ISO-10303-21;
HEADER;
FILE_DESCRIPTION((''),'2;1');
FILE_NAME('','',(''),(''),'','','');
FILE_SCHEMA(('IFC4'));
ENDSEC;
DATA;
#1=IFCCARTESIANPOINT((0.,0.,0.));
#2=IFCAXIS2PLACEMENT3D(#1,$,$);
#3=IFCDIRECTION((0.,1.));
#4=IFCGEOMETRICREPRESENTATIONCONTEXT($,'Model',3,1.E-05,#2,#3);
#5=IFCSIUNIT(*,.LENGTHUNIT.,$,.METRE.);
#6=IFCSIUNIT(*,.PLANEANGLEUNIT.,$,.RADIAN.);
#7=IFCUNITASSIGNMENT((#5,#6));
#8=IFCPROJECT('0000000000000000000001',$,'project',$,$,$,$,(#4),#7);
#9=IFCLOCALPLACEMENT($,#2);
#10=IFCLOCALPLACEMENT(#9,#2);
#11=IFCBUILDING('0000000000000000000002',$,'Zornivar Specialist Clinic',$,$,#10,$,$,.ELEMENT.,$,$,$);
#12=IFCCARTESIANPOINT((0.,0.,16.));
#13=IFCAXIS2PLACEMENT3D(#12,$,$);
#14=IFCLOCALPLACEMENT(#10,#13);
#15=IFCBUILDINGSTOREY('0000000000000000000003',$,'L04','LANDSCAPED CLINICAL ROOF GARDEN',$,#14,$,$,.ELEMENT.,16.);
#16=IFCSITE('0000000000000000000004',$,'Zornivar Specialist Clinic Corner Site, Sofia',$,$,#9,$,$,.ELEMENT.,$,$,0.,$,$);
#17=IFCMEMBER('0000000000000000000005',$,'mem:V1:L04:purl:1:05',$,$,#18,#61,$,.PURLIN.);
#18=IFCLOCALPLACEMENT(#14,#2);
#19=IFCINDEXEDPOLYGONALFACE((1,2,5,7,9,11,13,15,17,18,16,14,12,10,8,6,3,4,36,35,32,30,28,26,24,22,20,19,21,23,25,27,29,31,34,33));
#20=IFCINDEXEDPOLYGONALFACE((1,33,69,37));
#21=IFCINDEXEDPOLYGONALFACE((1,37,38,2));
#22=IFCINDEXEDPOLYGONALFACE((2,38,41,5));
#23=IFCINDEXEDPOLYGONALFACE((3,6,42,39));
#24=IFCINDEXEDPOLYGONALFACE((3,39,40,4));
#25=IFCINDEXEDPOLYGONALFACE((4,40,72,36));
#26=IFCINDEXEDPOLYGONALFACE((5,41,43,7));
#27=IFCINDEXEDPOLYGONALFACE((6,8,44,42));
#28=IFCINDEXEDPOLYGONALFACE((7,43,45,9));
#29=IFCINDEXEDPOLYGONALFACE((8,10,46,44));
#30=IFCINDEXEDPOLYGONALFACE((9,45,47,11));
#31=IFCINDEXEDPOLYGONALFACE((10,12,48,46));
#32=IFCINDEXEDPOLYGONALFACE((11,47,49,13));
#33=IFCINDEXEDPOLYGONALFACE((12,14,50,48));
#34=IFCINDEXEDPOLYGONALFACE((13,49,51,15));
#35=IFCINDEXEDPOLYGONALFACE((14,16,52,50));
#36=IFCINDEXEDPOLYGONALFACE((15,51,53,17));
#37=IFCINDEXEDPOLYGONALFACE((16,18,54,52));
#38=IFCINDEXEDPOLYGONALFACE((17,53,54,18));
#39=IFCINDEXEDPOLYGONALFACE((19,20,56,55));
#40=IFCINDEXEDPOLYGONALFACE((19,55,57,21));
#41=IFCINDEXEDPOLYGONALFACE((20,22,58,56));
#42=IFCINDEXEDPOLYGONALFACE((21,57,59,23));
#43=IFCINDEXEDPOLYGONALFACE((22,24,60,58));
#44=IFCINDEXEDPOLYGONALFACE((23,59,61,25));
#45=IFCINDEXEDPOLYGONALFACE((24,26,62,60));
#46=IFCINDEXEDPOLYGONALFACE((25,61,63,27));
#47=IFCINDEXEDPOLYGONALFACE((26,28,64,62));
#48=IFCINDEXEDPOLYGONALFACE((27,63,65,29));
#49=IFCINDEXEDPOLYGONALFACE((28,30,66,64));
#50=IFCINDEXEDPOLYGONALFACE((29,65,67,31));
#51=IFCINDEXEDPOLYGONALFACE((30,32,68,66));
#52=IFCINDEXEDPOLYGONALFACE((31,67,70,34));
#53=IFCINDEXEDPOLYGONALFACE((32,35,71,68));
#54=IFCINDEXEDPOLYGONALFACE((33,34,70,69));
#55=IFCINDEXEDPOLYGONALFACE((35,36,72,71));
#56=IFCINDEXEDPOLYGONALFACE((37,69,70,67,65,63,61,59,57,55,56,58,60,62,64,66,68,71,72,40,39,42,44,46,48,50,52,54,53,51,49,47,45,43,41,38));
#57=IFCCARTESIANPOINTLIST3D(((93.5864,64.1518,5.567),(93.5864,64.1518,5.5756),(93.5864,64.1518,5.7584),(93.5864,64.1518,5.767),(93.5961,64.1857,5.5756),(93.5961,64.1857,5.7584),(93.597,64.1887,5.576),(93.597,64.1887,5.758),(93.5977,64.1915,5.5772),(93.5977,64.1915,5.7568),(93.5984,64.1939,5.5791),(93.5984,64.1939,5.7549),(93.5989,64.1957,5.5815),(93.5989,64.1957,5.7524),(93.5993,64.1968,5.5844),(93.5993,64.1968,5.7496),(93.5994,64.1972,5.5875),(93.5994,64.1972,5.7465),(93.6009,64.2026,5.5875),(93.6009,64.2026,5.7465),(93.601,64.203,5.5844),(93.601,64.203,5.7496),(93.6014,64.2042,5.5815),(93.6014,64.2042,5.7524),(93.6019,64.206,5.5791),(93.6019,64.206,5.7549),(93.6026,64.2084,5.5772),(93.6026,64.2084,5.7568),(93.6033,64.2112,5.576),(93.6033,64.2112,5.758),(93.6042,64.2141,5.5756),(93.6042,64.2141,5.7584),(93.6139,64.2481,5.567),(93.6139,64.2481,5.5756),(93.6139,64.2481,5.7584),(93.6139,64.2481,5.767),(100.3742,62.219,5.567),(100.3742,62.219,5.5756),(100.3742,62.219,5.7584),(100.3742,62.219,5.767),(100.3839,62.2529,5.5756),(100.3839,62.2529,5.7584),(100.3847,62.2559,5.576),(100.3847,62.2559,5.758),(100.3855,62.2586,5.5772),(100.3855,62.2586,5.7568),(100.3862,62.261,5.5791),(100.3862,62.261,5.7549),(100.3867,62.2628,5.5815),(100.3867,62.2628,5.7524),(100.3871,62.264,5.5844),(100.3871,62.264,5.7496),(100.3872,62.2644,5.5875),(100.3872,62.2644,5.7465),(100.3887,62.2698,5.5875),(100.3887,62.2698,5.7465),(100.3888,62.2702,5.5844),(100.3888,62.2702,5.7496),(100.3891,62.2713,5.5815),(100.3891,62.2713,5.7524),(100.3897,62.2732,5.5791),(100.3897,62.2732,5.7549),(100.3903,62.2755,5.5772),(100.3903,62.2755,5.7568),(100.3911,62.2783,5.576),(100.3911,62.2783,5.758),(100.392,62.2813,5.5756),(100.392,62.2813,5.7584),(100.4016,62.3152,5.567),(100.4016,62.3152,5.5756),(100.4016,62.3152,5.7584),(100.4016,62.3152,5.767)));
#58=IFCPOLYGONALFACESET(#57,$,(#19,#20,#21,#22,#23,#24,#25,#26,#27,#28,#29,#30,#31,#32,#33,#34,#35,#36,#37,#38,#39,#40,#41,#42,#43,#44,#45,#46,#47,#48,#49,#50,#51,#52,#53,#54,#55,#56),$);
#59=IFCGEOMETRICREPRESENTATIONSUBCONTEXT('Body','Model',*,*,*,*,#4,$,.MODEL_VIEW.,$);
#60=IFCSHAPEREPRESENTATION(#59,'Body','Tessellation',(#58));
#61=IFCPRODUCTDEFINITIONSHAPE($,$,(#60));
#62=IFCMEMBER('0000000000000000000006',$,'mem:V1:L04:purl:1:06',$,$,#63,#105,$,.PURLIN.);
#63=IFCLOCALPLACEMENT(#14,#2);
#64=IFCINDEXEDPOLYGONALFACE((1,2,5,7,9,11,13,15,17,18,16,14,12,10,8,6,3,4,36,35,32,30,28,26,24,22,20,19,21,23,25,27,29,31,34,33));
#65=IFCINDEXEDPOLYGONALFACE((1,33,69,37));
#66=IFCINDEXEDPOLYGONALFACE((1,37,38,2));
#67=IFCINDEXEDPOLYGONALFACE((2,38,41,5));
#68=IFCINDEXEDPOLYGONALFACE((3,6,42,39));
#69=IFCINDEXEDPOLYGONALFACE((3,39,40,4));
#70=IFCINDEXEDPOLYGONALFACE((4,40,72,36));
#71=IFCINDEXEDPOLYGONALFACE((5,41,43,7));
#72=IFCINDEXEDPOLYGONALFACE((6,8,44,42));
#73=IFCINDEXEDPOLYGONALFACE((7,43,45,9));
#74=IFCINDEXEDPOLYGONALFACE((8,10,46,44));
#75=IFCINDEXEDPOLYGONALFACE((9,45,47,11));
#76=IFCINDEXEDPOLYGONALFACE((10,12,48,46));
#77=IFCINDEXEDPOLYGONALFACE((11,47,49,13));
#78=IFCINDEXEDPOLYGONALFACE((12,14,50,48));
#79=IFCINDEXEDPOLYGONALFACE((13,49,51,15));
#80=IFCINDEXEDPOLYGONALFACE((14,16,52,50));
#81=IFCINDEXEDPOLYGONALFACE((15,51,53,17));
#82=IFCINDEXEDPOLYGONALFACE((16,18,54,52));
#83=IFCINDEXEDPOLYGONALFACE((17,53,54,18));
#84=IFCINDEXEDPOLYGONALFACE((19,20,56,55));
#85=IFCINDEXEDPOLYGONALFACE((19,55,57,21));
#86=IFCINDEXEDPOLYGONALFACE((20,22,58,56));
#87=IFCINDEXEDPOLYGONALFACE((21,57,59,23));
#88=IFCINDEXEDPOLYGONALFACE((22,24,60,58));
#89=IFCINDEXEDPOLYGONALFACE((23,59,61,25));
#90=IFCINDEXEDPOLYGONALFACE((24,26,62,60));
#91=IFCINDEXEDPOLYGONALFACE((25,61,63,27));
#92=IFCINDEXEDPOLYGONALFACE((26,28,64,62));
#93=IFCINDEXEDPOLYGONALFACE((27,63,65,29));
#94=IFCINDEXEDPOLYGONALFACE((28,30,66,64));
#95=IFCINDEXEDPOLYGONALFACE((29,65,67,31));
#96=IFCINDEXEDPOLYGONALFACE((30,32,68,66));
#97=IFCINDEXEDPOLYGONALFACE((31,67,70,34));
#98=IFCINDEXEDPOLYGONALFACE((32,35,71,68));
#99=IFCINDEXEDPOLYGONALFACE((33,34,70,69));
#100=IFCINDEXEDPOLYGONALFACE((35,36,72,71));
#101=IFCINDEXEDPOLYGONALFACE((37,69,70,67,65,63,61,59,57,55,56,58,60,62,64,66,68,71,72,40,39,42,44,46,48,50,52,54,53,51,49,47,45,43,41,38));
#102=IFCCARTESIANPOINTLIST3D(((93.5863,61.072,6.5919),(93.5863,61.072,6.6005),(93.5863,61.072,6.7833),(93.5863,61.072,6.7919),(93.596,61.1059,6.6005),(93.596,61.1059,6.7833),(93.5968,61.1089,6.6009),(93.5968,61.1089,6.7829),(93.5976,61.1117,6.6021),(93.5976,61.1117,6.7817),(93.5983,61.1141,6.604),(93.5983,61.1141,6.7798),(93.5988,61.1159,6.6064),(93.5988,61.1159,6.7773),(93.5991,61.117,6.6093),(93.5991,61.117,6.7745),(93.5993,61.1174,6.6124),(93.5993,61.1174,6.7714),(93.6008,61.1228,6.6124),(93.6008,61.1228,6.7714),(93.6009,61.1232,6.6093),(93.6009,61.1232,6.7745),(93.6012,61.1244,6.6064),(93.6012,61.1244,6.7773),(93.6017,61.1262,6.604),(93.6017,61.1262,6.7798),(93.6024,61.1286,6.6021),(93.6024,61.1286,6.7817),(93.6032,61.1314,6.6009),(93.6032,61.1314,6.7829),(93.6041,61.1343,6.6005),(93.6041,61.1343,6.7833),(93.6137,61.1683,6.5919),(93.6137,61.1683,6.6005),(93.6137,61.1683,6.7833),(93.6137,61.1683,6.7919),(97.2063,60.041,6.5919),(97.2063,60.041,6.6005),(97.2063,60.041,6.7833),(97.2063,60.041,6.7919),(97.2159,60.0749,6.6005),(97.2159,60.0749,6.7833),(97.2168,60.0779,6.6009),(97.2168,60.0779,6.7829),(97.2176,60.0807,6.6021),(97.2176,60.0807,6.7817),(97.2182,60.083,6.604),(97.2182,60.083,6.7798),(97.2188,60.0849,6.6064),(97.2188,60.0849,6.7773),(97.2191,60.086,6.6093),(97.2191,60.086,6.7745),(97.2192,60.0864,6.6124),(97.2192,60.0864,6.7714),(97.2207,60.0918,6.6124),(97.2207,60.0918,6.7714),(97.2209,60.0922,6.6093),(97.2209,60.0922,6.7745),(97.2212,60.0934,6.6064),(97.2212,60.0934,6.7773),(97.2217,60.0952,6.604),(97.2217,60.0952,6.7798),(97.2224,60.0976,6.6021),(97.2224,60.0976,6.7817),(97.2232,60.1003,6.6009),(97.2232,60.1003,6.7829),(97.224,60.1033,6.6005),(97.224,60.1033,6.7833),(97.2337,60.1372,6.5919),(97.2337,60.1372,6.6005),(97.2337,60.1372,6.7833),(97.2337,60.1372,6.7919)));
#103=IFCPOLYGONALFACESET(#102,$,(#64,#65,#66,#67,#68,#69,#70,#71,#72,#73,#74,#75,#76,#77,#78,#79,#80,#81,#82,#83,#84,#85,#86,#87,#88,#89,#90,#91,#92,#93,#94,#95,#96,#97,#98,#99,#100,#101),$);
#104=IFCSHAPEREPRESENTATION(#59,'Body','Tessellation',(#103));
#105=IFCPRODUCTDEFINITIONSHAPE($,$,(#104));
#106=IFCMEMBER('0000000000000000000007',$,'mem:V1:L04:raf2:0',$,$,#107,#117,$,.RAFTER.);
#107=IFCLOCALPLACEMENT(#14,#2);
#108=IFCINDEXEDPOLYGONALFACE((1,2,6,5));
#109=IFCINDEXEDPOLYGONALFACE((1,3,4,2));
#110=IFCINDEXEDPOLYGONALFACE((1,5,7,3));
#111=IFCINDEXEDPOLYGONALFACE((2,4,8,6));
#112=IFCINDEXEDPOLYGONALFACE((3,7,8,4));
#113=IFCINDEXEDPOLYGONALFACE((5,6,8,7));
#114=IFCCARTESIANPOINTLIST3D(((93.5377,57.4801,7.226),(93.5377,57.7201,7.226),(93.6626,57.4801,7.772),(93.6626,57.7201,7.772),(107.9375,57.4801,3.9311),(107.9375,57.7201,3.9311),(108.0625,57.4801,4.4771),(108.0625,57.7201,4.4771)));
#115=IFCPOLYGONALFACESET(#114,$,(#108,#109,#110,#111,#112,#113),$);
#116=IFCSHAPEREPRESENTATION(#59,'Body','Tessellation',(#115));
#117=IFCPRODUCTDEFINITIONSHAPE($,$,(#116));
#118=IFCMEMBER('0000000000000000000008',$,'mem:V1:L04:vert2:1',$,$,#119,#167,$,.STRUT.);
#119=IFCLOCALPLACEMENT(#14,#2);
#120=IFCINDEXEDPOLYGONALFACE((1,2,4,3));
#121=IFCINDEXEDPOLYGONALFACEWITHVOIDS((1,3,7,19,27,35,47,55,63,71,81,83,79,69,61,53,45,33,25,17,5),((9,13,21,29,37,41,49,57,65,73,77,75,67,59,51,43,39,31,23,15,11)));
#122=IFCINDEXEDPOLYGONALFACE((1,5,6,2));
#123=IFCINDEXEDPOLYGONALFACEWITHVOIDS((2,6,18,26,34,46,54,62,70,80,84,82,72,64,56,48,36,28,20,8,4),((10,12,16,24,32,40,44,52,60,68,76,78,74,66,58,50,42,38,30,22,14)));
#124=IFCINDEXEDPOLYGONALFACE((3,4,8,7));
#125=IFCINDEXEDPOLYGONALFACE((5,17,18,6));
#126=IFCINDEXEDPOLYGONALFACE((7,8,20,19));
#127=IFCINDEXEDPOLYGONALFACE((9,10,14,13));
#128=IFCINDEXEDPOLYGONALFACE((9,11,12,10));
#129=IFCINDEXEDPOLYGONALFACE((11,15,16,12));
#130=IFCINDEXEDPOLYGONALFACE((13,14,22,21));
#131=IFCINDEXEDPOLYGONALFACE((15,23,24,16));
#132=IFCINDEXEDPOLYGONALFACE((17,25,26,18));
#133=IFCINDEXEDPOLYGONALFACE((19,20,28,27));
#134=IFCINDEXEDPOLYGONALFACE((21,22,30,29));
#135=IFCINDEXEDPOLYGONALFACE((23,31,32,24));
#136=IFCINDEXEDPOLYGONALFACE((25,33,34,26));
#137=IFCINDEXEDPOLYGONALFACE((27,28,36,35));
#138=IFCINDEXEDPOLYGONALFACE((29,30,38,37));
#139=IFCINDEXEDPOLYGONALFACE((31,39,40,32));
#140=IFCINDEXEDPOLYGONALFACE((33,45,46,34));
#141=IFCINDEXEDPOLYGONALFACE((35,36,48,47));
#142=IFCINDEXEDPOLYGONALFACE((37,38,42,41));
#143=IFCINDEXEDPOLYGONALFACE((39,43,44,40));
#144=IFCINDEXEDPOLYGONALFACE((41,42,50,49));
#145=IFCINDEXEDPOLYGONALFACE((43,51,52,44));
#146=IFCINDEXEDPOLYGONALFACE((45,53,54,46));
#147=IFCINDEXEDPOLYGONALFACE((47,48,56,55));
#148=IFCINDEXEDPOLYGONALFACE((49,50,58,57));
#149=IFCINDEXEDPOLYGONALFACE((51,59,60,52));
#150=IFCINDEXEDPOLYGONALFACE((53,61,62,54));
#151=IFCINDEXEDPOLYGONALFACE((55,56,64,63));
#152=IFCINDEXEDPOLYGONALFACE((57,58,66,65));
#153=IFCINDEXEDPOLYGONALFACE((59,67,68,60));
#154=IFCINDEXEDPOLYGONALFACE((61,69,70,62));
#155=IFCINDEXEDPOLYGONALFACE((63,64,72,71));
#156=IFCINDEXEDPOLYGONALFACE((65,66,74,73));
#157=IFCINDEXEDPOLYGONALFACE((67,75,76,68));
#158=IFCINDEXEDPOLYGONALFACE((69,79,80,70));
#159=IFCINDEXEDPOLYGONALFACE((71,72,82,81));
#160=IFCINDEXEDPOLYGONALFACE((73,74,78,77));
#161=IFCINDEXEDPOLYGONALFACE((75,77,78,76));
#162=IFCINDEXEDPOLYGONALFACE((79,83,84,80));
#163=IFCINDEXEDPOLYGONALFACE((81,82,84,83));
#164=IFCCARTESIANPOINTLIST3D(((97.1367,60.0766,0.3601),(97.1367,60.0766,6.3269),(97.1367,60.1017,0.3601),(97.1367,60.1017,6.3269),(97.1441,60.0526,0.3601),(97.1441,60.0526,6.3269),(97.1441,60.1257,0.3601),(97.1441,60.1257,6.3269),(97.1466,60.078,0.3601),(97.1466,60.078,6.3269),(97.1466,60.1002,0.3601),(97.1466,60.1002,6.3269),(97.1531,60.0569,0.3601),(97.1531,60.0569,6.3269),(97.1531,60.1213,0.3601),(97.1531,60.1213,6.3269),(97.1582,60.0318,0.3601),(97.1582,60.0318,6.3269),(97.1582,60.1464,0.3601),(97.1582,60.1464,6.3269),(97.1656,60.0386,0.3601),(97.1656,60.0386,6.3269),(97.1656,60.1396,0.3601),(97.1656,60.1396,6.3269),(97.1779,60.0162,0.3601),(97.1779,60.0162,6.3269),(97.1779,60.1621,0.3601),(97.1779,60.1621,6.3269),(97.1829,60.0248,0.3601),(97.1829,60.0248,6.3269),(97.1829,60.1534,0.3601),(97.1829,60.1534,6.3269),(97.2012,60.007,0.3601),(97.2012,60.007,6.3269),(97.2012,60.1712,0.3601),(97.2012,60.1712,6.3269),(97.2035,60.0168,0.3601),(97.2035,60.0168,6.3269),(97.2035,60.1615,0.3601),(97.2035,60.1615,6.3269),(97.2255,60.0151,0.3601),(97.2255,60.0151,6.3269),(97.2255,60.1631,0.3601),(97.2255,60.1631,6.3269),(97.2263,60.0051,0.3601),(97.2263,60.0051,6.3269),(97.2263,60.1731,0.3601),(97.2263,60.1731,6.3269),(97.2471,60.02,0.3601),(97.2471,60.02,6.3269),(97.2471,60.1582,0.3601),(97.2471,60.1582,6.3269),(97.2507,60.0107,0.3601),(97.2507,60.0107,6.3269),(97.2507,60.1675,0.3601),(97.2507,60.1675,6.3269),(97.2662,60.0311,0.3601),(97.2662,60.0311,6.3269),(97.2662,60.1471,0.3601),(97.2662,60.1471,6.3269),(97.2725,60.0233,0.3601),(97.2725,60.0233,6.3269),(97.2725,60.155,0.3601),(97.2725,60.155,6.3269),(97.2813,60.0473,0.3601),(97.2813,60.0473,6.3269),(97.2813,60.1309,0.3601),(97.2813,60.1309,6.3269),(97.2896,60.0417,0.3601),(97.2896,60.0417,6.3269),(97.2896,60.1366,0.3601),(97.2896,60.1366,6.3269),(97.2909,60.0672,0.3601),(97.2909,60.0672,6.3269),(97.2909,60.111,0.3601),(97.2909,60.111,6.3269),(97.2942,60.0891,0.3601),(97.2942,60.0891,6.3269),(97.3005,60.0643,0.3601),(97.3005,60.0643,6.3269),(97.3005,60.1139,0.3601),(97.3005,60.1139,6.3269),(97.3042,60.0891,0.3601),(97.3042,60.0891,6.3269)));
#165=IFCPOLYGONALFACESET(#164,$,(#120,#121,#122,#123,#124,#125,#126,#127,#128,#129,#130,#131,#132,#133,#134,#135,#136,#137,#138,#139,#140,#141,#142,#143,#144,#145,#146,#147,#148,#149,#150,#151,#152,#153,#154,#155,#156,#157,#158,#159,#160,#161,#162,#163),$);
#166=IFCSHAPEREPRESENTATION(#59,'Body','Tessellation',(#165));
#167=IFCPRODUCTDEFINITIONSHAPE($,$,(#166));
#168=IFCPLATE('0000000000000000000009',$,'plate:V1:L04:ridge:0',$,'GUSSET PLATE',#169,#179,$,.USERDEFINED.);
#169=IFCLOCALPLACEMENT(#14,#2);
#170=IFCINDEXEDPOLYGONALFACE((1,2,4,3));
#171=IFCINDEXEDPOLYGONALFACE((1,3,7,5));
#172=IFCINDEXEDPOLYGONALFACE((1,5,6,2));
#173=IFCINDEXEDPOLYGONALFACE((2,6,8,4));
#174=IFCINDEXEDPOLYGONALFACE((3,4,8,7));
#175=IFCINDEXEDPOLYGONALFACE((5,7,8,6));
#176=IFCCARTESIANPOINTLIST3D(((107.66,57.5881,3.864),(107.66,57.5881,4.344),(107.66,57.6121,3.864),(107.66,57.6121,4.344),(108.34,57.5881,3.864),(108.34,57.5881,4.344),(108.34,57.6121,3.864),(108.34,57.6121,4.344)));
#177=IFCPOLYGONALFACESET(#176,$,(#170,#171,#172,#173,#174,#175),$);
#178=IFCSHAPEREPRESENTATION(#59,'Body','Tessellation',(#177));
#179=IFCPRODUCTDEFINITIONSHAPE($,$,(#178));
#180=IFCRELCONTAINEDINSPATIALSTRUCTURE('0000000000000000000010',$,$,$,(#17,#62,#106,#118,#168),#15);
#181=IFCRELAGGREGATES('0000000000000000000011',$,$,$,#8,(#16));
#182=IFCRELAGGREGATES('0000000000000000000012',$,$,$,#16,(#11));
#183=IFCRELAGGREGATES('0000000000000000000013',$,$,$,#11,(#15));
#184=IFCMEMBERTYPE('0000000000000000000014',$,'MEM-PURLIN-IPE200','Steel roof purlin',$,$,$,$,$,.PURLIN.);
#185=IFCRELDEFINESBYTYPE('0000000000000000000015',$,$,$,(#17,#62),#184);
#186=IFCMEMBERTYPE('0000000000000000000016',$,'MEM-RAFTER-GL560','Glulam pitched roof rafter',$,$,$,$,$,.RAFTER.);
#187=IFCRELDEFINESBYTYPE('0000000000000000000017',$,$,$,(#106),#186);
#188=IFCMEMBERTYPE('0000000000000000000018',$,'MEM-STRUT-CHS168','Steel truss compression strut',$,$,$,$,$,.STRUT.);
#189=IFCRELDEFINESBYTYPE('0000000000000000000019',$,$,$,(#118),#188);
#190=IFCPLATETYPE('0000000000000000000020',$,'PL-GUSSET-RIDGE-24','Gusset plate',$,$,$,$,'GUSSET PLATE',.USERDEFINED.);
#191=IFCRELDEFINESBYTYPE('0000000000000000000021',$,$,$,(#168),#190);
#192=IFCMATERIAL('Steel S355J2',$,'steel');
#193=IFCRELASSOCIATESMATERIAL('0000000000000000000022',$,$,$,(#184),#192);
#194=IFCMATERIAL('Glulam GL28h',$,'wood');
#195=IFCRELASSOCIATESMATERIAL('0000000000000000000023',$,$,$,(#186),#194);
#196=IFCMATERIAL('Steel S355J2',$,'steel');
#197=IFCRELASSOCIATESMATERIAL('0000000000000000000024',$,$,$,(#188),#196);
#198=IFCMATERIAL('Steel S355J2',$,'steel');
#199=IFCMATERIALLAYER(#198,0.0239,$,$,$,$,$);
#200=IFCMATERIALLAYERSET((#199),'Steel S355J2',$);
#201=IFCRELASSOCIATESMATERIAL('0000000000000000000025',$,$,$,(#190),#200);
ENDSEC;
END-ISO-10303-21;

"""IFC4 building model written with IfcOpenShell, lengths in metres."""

from ifc_helpers import new_model, si_unit, direction, frame, origin, origin_2d, place, context, subcontext, project, spatial, rectangle, hollow_circle, i_section, extrude, material, layer, layer_set, material_profile, profile_set, type_object, element, save


model = new_model("IFC4")

# Units and contexts
model_context = context("Model", 3, precision=1e-05, world=origin(), true_north=direction((0.0, 1.0)))
body_context = subcontext(model_context, "Body", "Model", "MODEL_VIEW")
ifc_project = project(units=[si_unit("LENGTHUNIT", "METRE"), si_unit("PLANEANGLEUNIT", "RADIAN")], contexts=[model_context])

# Site, building, storey
site_placement = place(None, origin())
site = spatial("IfcSite", under=ifc_project, at=site_placement, Name="Zornivar Specialist Clinic Corner Site, Sofia", CompositionType="ELEMENT", RefElevation=0.0)
building_placement = place(site_placement, origin())
building = spatial("IfcBuilding", under=site, at=building_placement, Name="Zornivar Specialist Clinic", CompositionType="ELEMENT")
storey_placement = place(building_placement, frame((0.0, 0.0, 16.0)))
storey = spatial("IfcBuildingStorey", under=building, at=storey_placement, Name="L04", Description="LANDSCAPED CLINICAL ROOF GARDEN", CompositionType="ELEMENT", Elevation=16.0)

# Members
ifc_material_1 = material(Name="Steel S355J2", Category="steel")
ifc_material_profile_1 = material_profile(ifc_material_1, i_section(OverallWidth=0.1001, OverallDepth=0.2, WebThickness=0.0056, FlangeThickness=0.0085, FilletRadius=0.012, at=origin_2d()), Name="IPE 200")
ifc_profile_set_1 = profile_set([ifc_material_profile_1], Name="Steel S355J2")
member_type_1 = type_object("IfcMemberType", Name="MEM-PURLIN-IPE200", Description="Steel roof purlin", PredefinedType="PURLIN", material=ifc_profile_set_1)
member_1_placement = place(storey_placement, frame((100.3879, 62.2671, 5.667), z_axis=(-0.961768, 0.273867, 0.0), x_axis=(-0.273867, -0.961768, 0.0)))
element("IfcMember", 1, at=member_1_placement, inside=storey, type_object=member_type_1, Name="mem:V1:L04:purl:1:05", PredefinedType="PURLIN", context=body_context, shape_type="SweptSolid", body=[
    extrude(i_section(OverallWidth=0.1001, OverallDepth=0.2, WebThickness=0.0056, FlangeThickness=0.0085, FilletRadius=0.012, at=origin_2d()), origin(), (0.0, 0.0, 1.0), 7.0576),
])
member_2_placement = place(storey_placement, frame((97.22, 60.0891, 6.6919), z_axis=(-0.961751, 0.273924, 0.0), x_axis=(-0.273924, -0.961751, 0.0)))
element("IfcMember", 2, at=member_2_placement, inside=storey, type_object=member_type_1, Name="mem:V1:L04:purl:1:06", PredefinedType="PURLIN", context=body_context, shape_type="SweptSolid", body=[
    extrude(i_section(OverallWidth=0.1001, OverallDepth=0.2, WebThickness=0.0056, FlangeThickness=0.0085, FilletRadius=0.012, at=origin_2d()), origin(), (0.0, 0.0, 1.0), 3.7639),
])
ifc_material_2 = material(Name="Glulam GL28h", Category="wood")
ifc_material_profile_2 = material_profile(ifc_material_2, rectangle(XDim=0.24, YDim=0.5601, at=origin_2d()), Name="GL28h 240x560")
ifc_profile_set_2 = profile_set([ifc_material_profile_2], Name="Glulam GL28h")
member_type_2 = type_object("IfcMemberType", Name="MEM-RAFTER-GL560", Description="Glulam pitched roof rafter", PredefinedType="RAFTER", material=ifc_profile_set_2)
member_3_placement = place(storey_placement, frame((108.0, 57.6001, 4.2041), z_axis=(-0.974807, 0.0, 0.223051), x_axis=(0.0, -1.0, 0.0)))
element("IfcMember", 3, at=member_3_placement, inside=storey, type_object=member_type_2, Name="mem:V1:L04:raf2:0", PredefinedType="RAFTER", context=body_context, shape_type="SweptSolid", body=[
    extrude(rectangle(XDim=0.24, YDim=0.5601, at=origin_2d()), origin(), (0.0, 0.0, 1.0), 14.772),
])
ifc_material_3 = material(Name="Steel S355J2", Category="steel")
ifc_material_profile_3 = material_profile(ifc_material_3, hollow_circle(Radius=0.0842, WallThickness=0.01, at=origin_2d()), Name="CHS 168.3x10")
ifc_profile_set_3 = profile_set([ifc_material_profile_3], Name="Steel S355J2")
member_type_3 = type_object("IfcMemberType", Name="MEM-STRUT-CHS168", Description="Steel truss compression strut", PredefinedType="STRUT", material=ifc_profile_set_3)
member_4_placement = place(storey_placement, frame((97.22, 60.0891, 0.3601), z_axis=(0.0, 0.0, 1.0), x_axis=(1.0, 0.0, 0.0)))
element("IfcMember", 4, at=member_4_placement, inside=storey, type_object=member_type_3, Name="mem:V1:L04:vert2:1", PredefinedType="STRUT", context=body_context, shape_type="SweptSolid", body=[
    extrude(hollow_circle(Radius=0.0842, WallThickness=0.01, at=origin_2d()), origin(), (0.0, 0.0, 1.0), 5.9668),
])

# Plate
ifc_material_4 = material(Name="Steel S355J2", Category="steel")
ifc_layer_1 = layer(ifc_material_4, 0.0239)
ifc_layer_set_1 = layer_set([ifc_layer_1], Name="Steel S355J2")
plate_type_1 = type_object("IfcPlateType", Name="PL-GUSSET-RIDGE-24", Description="Gusset plate", ElementType="GUSSET PLATE", PredefinedType="USERDEFINED", material=ifc_layer_set_1)
plate_placement = place(storey_placement, frame((108.0, 57.6001, 3.864), z_axis=(0.0, 0.0, 1.0), x_axis=(1.0, 0.0, 0.0)))
element("IfcPlate", 5, at=plate_placement, inside=storey, type_object=plate_type_1, Name="plate:V1:L04:ridge:0", ObjectType="GUSSET PLATE", PredefinedType="USERDEFINED", context=body_context, shape_type="SweptSolid", body=[
    extrude(rectangle(XDim=0.6799, YDim=0.0239, at=origin_2d()), origin(), (0.0, 0.0, 1.0), 0.48),
])

save(model, "model.ifc")
